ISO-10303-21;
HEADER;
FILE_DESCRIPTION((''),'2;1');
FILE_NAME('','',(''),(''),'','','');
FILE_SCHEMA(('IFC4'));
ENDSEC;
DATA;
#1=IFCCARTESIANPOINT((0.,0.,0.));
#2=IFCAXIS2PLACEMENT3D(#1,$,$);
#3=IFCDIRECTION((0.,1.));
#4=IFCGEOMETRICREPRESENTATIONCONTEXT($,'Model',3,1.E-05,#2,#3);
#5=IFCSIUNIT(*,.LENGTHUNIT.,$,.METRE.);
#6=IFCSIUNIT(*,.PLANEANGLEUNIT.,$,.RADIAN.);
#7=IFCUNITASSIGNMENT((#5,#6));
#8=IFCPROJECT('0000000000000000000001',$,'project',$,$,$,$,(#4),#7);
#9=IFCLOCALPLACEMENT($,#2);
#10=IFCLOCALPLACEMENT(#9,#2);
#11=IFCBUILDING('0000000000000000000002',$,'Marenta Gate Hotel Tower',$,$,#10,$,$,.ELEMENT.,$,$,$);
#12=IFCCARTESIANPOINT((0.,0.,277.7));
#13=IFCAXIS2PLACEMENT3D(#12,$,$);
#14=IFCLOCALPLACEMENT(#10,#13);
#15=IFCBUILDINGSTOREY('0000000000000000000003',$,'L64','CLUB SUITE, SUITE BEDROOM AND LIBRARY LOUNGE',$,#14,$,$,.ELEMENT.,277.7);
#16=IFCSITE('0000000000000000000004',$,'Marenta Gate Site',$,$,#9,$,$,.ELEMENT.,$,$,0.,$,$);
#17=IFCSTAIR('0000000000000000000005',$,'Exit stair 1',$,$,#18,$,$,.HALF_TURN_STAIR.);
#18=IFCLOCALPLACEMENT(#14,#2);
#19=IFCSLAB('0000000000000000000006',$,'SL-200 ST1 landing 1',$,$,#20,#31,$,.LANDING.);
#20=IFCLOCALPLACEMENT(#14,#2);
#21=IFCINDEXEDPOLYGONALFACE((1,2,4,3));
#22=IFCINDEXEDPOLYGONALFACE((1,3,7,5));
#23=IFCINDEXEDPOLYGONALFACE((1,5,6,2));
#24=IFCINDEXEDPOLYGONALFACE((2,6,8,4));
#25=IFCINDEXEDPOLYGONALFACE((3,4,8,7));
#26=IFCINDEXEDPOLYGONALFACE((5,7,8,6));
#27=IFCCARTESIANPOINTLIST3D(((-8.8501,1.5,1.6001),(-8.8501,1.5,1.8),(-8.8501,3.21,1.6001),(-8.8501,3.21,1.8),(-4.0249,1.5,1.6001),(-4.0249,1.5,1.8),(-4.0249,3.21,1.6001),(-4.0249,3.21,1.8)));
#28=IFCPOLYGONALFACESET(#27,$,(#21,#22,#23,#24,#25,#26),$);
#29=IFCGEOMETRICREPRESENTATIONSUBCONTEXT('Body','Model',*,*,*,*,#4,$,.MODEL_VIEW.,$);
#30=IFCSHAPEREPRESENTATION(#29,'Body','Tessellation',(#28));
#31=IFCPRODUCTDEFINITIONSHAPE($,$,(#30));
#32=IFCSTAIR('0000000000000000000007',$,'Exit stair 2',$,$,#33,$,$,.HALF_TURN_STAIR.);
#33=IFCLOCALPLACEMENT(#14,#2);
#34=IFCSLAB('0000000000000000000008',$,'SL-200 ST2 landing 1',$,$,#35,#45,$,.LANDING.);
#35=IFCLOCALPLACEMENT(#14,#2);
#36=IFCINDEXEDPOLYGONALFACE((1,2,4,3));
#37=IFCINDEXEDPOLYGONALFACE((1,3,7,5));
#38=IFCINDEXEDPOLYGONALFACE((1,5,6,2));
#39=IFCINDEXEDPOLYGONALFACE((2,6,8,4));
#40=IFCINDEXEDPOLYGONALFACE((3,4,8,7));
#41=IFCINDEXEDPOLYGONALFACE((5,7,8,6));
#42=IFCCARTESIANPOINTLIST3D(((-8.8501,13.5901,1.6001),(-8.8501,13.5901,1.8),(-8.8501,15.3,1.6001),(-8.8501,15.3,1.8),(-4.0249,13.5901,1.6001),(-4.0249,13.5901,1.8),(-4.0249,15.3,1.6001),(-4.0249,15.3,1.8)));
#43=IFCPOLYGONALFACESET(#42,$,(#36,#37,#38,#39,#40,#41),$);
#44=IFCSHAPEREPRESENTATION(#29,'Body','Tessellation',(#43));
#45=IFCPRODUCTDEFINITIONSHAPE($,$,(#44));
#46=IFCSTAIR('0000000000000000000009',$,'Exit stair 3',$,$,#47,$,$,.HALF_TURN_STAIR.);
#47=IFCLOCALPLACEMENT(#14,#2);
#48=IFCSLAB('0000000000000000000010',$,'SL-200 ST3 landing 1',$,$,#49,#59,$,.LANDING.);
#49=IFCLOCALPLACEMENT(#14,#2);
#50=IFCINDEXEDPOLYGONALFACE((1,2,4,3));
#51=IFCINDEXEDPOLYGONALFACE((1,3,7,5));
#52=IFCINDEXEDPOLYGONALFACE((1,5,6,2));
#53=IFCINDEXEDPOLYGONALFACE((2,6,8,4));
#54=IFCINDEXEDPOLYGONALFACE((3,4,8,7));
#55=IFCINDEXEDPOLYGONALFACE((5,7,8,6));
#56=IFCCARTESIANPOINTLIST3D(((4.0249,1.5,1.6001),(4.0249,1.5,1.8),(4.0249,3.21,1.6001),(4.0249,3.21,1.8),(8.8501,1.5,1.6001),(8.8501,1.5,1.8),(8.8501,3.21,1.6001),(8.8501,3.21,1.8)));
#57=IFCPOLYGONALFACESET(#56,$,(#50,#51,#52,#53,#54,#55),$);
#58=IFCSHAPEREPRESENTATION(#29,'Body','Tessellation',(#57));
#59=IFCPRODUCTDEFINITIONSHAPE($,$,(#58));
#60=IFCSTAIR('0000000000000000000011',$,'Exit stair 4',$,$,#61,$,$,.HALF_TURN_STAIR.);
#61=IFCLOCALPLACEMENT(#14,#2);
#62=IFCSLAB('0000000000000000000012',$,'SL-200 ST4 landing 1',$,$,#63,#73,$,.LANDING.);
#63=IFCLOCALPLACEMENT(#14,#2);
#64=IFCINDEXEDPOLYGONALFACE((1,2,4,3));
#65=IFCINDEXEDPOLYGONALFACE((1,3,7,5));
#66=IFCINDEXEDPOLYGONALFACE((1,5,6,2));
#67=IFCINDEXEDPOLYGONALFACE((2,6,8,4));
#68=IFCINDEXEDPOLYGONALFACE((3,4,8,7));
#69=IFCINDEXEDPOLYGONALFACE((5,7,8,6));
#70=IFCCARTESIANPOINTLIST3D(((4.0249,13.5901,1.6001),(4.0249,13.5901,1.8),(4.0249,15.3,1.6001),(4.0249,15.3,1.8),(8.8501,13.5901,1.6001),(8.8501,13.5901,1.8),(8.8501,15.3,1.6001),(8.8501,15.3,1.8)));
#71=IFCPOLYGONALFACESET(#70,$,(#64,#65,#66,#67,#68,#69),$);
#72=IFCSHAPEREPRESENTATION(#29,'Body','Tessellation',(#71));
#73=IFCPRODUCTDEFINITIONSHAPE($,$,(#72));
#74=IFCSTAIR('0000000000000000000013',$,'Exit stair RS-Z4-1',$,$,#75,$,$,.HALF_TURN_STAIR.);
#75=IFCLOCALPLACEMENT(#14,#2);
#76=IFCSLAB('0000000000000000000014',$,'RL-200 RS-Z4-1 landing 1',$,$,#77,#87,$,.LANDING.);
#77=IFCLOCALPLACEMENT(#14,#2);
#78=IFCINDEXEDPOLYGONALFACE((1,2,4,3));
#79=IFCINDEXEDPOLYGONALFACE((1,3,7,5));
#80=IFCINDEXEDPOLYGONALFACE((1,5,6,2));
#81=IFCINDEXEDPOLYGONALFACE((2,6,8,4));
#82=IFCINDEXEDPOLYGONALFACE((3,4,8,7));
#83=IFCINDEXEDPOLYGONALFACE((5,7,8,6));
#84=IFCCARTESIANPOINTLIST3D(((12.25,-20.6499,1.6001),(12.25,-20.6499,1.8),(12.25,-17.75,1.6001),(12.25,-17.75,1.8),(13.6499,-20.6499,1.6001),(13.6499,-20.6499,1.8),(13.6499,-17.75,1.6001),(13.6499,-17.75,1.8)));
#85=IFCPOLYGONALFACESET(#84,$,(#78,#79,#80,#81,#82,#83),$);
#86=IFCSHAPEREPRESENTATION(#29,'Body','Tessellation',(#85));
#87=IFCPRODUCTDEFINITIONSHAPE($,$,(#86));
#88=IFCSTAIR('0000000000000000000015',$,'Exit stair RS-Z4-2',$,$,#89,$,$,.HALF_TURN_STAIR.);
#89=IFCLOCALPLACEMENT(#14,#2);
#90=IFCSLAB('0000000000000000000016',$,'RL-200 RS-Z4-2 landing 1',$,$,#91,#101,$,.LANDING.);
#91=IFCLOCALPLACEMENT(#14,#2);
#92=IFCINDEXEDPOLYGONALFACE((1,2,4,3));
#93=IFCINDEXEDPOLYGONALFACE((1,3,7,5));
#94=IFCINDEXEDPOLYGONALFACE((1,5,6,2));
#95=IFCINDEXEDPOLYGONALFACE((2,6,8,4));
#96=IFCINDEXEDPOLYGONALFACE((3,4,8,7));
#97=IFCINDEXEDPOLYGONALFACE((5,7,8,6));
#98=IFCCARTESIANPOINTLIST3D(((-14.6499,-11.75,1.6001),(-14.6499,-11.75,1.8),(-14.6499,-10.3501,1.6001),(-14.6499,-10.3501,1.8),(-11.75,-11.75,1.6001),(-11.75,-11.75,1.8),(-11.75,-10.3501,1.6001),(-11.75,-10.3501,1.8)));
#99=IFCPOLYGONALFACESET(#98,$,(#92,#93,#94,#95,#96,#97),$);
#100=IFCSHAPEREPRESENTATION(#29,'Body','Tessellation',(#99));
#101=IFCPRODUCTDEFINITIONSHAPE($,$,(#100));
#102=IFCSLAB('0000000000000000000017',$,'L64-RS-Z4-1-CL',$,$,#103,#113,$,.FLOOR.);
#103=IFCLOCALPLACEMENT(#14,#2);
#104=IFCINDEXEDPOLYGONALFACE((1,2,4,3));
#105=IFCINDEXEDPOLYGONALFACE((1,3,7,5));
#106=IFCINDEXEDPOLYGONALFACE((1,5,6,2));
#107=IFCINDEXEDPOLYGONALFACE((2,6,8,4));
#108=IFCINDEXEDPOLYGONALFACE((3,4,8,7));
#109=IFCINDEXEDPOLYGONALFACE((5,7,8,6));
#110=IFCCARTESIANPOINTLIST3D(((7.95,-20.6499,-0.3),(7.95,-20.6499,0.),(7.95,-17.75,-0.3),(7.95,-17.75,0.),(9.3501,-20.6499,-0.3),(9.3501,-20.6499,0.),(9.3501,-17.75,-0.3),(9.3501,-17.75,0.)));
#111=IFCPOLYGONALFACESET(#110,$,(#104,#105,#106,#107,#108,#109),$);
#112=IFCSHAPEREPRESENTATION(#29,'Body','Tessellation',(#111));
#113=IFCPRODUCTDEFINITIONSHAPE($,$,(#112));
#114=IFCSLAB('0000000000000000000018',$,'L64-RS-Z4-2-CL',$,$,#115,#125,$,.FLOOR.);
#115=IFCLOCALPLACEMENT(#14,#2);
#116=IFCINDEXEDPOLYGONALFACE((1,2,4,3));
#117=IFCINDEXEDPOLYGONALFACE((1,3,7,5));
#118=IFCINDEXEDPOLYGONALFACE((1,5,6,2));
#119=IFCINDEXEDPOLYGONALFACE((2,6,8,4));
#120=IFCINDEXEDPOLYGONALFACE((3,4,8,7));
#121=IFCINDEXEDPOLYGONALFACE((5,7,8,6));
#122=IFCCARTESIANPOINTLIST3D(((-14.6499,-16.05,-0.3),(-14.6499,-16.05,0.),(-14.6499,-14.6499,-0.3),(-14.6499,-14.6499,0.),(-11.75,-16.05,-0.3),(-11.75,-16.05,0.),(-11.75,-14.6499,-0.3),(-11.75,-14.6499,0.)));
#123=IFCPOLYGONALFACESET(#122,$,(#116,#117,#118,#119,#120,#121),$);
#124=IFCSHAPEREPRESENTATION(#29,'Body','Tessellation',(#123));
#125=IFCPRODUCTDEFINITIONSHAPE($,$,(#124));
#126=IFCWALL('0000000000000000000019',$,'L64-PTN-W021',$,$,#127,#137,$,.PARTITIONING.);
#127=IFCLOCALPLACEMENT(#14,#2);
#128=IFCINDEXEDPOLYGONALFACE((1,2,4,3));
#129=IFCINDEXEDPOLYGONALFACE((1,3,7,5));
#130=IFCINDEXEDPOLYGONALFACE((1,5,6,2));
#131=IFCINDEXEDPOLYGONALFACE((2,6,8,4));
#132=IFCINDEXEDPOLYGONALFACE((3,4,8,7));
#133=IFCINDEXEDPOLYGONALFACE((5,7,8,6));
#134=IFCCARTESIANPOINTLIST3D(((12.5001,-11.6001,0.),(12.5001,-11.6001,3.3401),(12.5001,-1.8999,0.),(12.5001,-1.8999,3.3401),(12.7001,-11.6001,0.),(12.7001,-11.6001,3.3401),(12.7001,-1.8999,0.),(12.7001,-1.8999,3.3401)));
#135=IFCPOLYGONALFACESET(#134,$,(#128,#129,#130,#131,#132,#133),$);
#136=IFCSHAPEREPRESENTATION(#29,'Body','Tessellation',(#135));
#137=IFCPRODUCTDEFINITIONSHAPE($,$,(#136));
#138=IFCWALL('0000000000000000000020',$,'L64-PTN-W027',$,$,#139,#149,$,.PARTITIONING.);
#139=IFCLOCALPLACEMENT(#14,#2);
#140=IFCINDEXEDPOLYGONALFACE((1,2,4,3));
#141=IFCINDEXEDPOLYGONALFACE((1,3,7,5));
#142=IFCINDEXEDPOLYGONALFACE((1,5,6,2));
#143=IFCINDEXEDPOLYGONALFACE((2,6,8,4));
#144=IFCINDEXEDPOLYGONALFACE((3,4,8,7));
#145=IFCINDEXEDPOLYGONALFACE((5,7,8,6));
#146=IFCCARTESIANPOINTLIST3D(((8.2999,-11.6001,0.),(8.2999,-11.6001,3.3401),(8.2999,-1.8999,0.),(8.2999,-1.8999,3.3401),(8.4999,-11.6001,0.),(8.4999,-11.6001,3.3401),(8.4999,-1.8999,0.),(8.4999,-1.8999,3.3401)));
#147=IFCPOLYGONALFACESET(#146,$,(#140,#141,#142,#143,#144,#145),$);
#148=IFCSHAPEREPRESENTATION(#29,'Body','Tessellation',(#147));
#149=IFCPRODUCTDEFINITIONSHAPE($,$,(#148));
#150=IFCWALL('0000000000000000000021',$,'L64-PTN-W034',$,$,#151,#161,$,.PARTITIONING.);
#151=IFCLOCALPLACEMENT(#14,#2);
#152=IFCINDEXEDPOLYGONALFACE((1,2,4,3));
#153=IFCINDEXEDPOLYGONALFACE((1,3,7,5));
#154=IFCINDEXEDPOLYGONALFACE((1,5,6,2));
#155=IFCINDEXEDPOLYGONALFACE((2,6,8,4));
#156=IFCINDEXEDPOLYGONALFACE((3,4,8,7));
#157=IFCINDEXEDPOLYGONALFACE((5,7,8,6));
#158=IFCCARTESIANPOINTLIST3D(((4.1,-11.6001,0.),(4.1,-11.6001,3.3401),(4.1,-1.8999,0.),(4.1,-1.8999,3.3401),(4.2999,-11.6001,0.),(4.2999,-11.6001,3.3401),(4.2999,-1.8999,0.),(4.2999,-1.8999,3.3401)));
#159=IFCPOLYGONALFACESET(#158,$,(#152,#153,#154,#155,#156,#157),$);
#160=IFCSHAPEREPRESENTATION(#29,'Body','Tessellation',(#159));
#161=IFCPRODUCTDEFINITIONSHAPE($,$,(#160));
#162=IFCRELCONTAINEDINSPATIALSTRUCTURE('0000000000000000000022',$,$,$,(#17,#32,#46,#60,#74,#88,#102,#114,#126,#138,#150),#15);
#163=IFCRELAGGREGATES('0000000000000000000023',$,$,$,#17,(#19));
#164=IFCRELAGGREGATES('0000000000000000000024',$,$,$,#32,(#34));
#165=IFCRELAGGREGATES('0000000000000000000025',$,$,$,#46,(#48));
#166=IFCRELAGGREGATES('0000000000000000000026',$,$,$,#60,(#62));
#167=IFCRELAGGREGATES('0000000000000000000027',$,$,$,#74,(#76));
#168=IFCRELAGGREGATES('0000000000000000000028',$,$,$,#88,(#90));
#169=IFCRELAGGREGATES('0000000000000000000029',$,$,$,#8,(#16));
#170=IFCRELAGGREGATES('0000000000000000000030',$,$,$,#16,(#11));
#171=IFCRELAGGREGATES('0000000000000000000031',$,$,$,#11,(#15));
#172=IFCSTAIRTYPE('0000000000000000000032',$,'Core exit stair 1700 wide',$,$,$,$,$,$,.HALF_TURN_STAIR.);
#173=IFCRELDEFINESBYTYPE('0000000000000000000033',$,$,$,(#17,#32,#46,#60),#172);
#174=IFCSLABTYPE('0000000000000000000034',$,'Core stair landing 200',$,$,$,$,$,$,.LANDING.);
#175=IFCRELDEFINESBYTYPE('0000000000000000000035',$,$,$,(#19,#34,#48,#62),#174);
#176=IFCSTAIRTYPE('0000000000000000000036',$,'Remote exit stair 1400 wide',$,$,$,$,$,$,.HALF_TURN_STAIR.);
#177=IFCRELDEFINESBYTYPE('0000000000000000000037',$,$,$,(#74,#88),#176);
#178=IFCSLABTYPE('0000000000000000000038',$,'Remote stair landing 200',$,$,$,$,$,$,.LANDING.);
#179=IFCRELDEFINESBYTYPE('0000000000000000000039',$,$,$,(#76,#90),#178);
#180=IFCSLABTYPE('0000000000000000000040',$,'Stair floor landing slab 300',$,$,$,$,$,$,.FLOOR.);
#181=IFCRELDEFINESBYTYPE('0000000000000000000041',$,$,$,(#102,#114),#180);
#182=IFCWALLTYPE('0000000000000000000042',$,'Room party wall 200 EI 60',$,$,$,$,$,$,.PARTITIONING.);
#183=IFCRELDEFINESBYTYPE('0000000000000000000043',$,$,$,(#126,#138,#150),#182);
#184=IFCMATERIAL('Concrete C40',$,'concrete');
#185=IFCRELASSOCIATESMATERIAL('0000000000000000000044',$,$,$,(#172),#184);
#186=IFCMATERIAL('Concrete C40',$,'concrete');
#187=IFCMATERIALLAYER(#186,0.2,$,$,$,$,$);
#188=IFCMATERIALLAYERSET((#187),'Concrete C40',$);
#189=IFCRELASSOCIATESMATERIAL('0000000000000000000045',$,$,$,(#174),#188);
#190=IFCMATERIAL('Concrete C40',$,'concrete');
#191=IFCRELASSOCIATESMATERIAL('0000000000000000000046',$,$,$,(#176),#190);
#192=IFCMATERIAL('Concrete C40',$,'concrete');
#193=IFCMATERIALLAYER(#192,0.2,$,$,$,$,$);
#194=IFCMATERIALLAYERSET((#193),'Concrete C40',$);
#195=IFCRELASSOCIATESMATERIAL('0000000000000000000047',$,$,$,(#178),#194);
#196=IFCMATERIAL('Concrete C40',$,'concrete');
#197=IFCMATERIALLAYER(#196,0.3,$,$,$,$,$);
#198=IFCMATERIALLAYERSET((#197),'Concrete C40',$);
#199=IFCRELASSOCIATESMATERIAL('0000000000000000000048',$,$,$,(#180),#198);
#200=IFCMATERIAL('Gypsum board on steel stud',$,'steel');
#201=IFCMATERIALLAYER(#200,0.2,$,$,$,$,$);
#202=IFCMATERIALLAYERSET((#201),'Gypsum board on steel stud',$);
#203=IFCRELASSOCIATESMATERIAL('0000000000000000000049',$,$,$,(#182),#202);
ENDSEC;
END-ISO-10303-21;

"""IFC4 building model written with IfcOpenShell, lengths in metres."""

from ifc_helpers import new_model, si_unit, direction, frame, frame_2d, origin, place, context, subcontext, project, spatial, polyline, rectangle, outline, extrude, material, layer, layer_set, type_object, element, aggregate, save


model = new_model("IFC4")

# Units and contexts
model_context = context("Model", 3, precision=1e-05, world=origin(), true_north=direction((0.0, 1.0)))
body_context = subcontext(model_context, "Body", "Model", "MODEL_VIEW")
ifc_project = project(units=[si_unit("LENGTHUNIT", "METRE"), si_unit("PLANEANGLEUNIT", "RADIAN")], contexts=[model_context])

# Site, building, storey
site_placement = place(None, origin())
site = spatial("IfcSite", under=ifc_project, at=site_placement, Name="Marenta Gate Site", CompositionType="ELEMENT", RefElevation=0.0)
building_placement = place(site_placement, origin())
building = spatial("IfcBuilding", under=site, at=building_placement, Name="Marenta Gate Hotel Tower", CompositionType="ELEMENT")
storey_placement = place(building_placement, frame((0.0, 0.0, 277.7)))
storey = spatial("IfcBuildingStorey", under=building, at=storey_placement, Name="L64", Description="CLUB SUITE, SUITE BEDROOM AND LIBRARY LOUNGE", CompositionType="ELEMENT", Elevation=277.7)

# Stairs, slabs
ifc_material_1 = material(Name="Concrete C40", Category="concrete")
stair_type_1 = type_object("IfcStairType", Name="Core exit stair 1700 wide", PredefinedType="HALF_TURN_STAIR", material=ifc_material_1)
stair_1_placement = place(storey_placement, origin())
stair_1 = element("IfcStair", 1, at=stair_1_placement, inside=storey, type_object=stair_type_1, Name="Exit stair 1", PredefinedType="HALF_TURN_STAIR")
ifc_material_2 = material(Name="Concrete C40", Category="concrete")
ifc_layer_1 = layer(ifc_material_2, 0.2)
ifc_layer_set_1 = layer_set([ifc_layer_1], Name="Concrete C40")
slab_type_1 = type_object("IfcSlabType", Name="Core stair landing 200", PredefinedType="LANDING", material=ifc_layer_set_1)
slab_1_placement = place(storey_placement, frame((0.0, 0.0, 1.6001)))
slab_1 = element("IfcSlab", 2, at=slab_1_placement, type_object=slab_type_1, Name="SL-200 ST1 landing 1", PredefinedType="LANDING", context=body_context, shape_type="SweptSolid", body=[
    extrude(outline(polyline([(-8.8501, 1.5), (-4.0249, 1.5), (-4.0249, 3.21), (-8.8501, 3.21), (-8.8501, 1.5)])), origin(), (0.0, 0.0, 1.0), 0.2),
])
aggregate(stair_1, [slab_1])
stair_2_placement = place(storey_placement, origin())
stair_2 = element("IfcStair", 3, at=stair_2_placement, inside=storey, type_object=stair_type_1, Name="Exit stair 2", PredefinedType="HALF_TURN_STAIR")
slab_2_placement = place(storey_placement, frame((0.0, 0.0, 1.6001)))
slab_2 = element("IfcSlab", 4, at=slab_2_placement, type_object=slab_type_1, Name="SL-200 ST2 landing 1", PredefinedType="LANDING", context=body_context, shape_type="SweptSolid", body=[
    extrude(outline(polyline([(-8.8501, 13.5901), (-4.0249, 13.5901), (-4.0249, 15.3), (-8.8501, 15.3), (-8.8501, 13.5901)])), origin(), (0.0, 0.0, 1.0), 0.2),
])
aggregate(stair_2, [slab_2])
stair_3_placement = place(storey_placement, origin())
stair_3 = element("IfcStair", 5, at=stair_3_placement, inside=storey, type_object=stair_type_1, Name="Exit stair 3", PredefinedType="HALF_TURN_STAIR")
slab_3_placement = place(storey_placement, frame((0.0, 0.0, 1.6001)))
slab_3 = element("IfcSlab", 6, at=slab_3_placement, type_object=slab_type_1, Name="SL-200 ST3 landing 1", PredefinedType="LANDING", context=body_context, shape_type="SweptSolid", body=[
    extrude(outline(polyline([(4.0249, 1.5), (8.8501, 1.5), (8.8501, 3.21), (4.0249, 3.21), (4.0249, 1.5)])), origin(), (0.0, 0.0, 1.0), 0.2),
])
aggregate(stair_3, [slab_3])
stair_4_placement = place(storey_placement, origin())
stair_4 = element("IfcStair", 7, at=stair_4_placement, inside=storey, type_object=stair_type_1, Name="Exit stair 4", PredefinedType="HALF_TURN_STAIR")
slab_4_placement = place(storey_placement, frame((0.0, 0.0, 1.6001)))
slab_4 = element("IfcSlab", 8, at=slab_4_placement, type_object=slab_type_1, Name="SL-200 ST4 landing 1", PredefinedType="LANDING", context=body_context, shape_type="SweptSolid", body=[
    extrude(outline(polyline([(4.0249, 13.5901), (8.8501, 13.5901), (8.8501, 15.3), (4.0249, 15.3), (4.0249, 13.5901)])), origin(), (0.0, 0.0, 1.0), 0.2),
])
aggregate(stair_4, [slab_4])
ifc_material_3 = material(Name="Concrete C40", Category="concrete")
stair_type_2 = type_object("IfcStairType", Name="Remote exit stair 1400 wide", PredefinedType="HALF_TURN_STAIR", material=ifc_material_3)
stair_5_placement = place(storey_placement, origin())
stair_5 = element("IfcStair", 9, at=stair_5_placement, inside=storey, type_object=stair_type_2, Name="Exit stair RS-Z4-1", PredefinedType="HALF_TURN_STAIR")
ifc_material_4 = material(Name="Concrete C40", Category="concrete")
ifc_layer_2 = layer(ifc_material_4, 0.2)
ifc_layer_set_2 = layer_set([ifc_layer_2], Name="Concrete C40")
slab_type_2 = type_object("IfcSlabType", Name="Remote stair landing 200", PredefinedType="LANDING", material=ifc_layer_set_2)
slab_5_placement = place(storey_placement, frame((0.0, 0.0, 1.6001)))
slab_5 = element("IfcSlab", 10, at=slab_5_placement, type_object=slab_type_2, Name="RL-200 RS-Z4-1 landing 1", PredefinedType="LANDING", context=body_context, shape_type="SweptSolid", body=[
    extrude(outline(polyline([(12.25, -20.6499), (13.6499, -20.6499), (13.6499, -17.75), (12.25, -17.75), (12.25, -20.6499)])), origin(), (0.0, 0.0, 1.0), 0.2),
])
aggregate(stair_5, [slab_5])
stair_6_placement = place(storey_placement, origin())
stair_6 = element("IfcStair", 11, at=stair_6_placement, inside=storey, type_object=stair_type_2, Name="Exit stair RS-Z4-2", PredefinedType="HALF_TURN_STAIR")
slab_6_placement = place(storey_placement, frame((0.0, 0.0, 1.6001)))
slab_6 = element("IfcSlab", 12, at=slab_6_placement, type_object=slab_type_2, Name="RL-200 RS-Z4-2 landing 1", PredefinedType="LANDING", context=body_context, shape_type="SweptSolid", body=[
    extrude(outline(polyline([(-14.6499, -11.75), (-11.75, -11.75), (-11.75, -10.3501), (-14.6499, -10.3501), (-14.6499, -11.75)])), origin(), (0.0, 0.0, 1.0), 0.2),
])
aggregate(stair_6, [slab_6])

# Slabs
ifc_material_5 = material(Name="Concrete C40", Category="concrete")
ifc_layer_3 = layer(ifc_material_5, 0.3)
ifc_layer_set_3 = layer_set([ifc_layer_3], Name="Concrete C40")
slab_type_3 = type_object("IfcSlabType", Name="Stair floor landing slab 300", PredefinedType="FLOOR", material=ifc_layer_set_3)
slab_7_placement = place(storey_placement, frame((0.0, 0.0, -0.3)))
element("IfcSlab", 13, at=slab_7_placement, inside=storey, type_object=slab_type_3, Name="L64-RS-Z4-1-CL", PredefinedType="FLOOR", context=body_context, shape_type="SweptSolid", body=[
    extrude(outline(polyline([(9.3501, -20.6499), (9.3501, -17.75), (7.95, -17.75), (7.95, -20.6499), (9.3501, -20.6499)])), origin(), (0.0, 0.0, 1.0), 0.3),
])
slab_8_placement = place(storey_placement, frame((0.0, 0.0, -0.3)))
element("IfcSlab", 14, at=slab_8_placement, inside=storey, type_object=slab_type_3, Name="L64-RS-Z4-2-CL", PredefinedType="FLOOR", context=body_context, shape_type="SweptSolid", body=[
    extrude(outline(polyline([(-11.75, -16.05), (-11.75, -14.6499), (-14.6499, -14.6499), (-14.6499, -16.05), (-11.75, -16.05)])), origin(), (0.0, 0.0, 1.0), 0.3),
])

# Walls
ifc_material_6 = material(Name="Gypsum board on steel stud", Category="steel")
ifc_layer_4 = layer(ifc_material_6, 0.2)
ifc_layer_set_4 = layer_set([ifc_layer_4], Name="Gypsum board on steel stud")
wall_type = type_object("IfcWallType", Name="Room party wall 200 EI 60", PredefinedType="PARTITIONING", material=ifc_layer_set_4)
for number, where, z_axis, x_axis, name in (
    (15, (12.6001, -11.6001, 0.0), (0.0, 0.0, 1.0), (0.0, 1.0, 0.0), "L64-PTN-W021"),
    (16, (8.3999, -11.6001, 0.0), (0.0, 0.0, 1.0), (0.0, 1.0, 0.0), "L64-PTN-W027"),
    (17, (4.2, -11.6001, 0.0), (0.0, 0.0, 1.0), (0.0, 1.0, 0.0), "L64-PTN-W034"),
):
    element("IfcWall", number, at=place(storey_placement, frame(where, z_axis=z_axis, x_axis=x_axis)), inside=storey, type_object=wall_type, Name=name, PredefinedType="PARTITIONING", context=body_context, shape_type="SweptSolid", body=[
        extrude(rectangle(XDim=9.7002, YDim=0.2, at=frame_2d((4.8501, 0.0))), origin(), (0.0, 0.0, 1.0), 3.3401),
    ])

save(model, "model.ifc")
